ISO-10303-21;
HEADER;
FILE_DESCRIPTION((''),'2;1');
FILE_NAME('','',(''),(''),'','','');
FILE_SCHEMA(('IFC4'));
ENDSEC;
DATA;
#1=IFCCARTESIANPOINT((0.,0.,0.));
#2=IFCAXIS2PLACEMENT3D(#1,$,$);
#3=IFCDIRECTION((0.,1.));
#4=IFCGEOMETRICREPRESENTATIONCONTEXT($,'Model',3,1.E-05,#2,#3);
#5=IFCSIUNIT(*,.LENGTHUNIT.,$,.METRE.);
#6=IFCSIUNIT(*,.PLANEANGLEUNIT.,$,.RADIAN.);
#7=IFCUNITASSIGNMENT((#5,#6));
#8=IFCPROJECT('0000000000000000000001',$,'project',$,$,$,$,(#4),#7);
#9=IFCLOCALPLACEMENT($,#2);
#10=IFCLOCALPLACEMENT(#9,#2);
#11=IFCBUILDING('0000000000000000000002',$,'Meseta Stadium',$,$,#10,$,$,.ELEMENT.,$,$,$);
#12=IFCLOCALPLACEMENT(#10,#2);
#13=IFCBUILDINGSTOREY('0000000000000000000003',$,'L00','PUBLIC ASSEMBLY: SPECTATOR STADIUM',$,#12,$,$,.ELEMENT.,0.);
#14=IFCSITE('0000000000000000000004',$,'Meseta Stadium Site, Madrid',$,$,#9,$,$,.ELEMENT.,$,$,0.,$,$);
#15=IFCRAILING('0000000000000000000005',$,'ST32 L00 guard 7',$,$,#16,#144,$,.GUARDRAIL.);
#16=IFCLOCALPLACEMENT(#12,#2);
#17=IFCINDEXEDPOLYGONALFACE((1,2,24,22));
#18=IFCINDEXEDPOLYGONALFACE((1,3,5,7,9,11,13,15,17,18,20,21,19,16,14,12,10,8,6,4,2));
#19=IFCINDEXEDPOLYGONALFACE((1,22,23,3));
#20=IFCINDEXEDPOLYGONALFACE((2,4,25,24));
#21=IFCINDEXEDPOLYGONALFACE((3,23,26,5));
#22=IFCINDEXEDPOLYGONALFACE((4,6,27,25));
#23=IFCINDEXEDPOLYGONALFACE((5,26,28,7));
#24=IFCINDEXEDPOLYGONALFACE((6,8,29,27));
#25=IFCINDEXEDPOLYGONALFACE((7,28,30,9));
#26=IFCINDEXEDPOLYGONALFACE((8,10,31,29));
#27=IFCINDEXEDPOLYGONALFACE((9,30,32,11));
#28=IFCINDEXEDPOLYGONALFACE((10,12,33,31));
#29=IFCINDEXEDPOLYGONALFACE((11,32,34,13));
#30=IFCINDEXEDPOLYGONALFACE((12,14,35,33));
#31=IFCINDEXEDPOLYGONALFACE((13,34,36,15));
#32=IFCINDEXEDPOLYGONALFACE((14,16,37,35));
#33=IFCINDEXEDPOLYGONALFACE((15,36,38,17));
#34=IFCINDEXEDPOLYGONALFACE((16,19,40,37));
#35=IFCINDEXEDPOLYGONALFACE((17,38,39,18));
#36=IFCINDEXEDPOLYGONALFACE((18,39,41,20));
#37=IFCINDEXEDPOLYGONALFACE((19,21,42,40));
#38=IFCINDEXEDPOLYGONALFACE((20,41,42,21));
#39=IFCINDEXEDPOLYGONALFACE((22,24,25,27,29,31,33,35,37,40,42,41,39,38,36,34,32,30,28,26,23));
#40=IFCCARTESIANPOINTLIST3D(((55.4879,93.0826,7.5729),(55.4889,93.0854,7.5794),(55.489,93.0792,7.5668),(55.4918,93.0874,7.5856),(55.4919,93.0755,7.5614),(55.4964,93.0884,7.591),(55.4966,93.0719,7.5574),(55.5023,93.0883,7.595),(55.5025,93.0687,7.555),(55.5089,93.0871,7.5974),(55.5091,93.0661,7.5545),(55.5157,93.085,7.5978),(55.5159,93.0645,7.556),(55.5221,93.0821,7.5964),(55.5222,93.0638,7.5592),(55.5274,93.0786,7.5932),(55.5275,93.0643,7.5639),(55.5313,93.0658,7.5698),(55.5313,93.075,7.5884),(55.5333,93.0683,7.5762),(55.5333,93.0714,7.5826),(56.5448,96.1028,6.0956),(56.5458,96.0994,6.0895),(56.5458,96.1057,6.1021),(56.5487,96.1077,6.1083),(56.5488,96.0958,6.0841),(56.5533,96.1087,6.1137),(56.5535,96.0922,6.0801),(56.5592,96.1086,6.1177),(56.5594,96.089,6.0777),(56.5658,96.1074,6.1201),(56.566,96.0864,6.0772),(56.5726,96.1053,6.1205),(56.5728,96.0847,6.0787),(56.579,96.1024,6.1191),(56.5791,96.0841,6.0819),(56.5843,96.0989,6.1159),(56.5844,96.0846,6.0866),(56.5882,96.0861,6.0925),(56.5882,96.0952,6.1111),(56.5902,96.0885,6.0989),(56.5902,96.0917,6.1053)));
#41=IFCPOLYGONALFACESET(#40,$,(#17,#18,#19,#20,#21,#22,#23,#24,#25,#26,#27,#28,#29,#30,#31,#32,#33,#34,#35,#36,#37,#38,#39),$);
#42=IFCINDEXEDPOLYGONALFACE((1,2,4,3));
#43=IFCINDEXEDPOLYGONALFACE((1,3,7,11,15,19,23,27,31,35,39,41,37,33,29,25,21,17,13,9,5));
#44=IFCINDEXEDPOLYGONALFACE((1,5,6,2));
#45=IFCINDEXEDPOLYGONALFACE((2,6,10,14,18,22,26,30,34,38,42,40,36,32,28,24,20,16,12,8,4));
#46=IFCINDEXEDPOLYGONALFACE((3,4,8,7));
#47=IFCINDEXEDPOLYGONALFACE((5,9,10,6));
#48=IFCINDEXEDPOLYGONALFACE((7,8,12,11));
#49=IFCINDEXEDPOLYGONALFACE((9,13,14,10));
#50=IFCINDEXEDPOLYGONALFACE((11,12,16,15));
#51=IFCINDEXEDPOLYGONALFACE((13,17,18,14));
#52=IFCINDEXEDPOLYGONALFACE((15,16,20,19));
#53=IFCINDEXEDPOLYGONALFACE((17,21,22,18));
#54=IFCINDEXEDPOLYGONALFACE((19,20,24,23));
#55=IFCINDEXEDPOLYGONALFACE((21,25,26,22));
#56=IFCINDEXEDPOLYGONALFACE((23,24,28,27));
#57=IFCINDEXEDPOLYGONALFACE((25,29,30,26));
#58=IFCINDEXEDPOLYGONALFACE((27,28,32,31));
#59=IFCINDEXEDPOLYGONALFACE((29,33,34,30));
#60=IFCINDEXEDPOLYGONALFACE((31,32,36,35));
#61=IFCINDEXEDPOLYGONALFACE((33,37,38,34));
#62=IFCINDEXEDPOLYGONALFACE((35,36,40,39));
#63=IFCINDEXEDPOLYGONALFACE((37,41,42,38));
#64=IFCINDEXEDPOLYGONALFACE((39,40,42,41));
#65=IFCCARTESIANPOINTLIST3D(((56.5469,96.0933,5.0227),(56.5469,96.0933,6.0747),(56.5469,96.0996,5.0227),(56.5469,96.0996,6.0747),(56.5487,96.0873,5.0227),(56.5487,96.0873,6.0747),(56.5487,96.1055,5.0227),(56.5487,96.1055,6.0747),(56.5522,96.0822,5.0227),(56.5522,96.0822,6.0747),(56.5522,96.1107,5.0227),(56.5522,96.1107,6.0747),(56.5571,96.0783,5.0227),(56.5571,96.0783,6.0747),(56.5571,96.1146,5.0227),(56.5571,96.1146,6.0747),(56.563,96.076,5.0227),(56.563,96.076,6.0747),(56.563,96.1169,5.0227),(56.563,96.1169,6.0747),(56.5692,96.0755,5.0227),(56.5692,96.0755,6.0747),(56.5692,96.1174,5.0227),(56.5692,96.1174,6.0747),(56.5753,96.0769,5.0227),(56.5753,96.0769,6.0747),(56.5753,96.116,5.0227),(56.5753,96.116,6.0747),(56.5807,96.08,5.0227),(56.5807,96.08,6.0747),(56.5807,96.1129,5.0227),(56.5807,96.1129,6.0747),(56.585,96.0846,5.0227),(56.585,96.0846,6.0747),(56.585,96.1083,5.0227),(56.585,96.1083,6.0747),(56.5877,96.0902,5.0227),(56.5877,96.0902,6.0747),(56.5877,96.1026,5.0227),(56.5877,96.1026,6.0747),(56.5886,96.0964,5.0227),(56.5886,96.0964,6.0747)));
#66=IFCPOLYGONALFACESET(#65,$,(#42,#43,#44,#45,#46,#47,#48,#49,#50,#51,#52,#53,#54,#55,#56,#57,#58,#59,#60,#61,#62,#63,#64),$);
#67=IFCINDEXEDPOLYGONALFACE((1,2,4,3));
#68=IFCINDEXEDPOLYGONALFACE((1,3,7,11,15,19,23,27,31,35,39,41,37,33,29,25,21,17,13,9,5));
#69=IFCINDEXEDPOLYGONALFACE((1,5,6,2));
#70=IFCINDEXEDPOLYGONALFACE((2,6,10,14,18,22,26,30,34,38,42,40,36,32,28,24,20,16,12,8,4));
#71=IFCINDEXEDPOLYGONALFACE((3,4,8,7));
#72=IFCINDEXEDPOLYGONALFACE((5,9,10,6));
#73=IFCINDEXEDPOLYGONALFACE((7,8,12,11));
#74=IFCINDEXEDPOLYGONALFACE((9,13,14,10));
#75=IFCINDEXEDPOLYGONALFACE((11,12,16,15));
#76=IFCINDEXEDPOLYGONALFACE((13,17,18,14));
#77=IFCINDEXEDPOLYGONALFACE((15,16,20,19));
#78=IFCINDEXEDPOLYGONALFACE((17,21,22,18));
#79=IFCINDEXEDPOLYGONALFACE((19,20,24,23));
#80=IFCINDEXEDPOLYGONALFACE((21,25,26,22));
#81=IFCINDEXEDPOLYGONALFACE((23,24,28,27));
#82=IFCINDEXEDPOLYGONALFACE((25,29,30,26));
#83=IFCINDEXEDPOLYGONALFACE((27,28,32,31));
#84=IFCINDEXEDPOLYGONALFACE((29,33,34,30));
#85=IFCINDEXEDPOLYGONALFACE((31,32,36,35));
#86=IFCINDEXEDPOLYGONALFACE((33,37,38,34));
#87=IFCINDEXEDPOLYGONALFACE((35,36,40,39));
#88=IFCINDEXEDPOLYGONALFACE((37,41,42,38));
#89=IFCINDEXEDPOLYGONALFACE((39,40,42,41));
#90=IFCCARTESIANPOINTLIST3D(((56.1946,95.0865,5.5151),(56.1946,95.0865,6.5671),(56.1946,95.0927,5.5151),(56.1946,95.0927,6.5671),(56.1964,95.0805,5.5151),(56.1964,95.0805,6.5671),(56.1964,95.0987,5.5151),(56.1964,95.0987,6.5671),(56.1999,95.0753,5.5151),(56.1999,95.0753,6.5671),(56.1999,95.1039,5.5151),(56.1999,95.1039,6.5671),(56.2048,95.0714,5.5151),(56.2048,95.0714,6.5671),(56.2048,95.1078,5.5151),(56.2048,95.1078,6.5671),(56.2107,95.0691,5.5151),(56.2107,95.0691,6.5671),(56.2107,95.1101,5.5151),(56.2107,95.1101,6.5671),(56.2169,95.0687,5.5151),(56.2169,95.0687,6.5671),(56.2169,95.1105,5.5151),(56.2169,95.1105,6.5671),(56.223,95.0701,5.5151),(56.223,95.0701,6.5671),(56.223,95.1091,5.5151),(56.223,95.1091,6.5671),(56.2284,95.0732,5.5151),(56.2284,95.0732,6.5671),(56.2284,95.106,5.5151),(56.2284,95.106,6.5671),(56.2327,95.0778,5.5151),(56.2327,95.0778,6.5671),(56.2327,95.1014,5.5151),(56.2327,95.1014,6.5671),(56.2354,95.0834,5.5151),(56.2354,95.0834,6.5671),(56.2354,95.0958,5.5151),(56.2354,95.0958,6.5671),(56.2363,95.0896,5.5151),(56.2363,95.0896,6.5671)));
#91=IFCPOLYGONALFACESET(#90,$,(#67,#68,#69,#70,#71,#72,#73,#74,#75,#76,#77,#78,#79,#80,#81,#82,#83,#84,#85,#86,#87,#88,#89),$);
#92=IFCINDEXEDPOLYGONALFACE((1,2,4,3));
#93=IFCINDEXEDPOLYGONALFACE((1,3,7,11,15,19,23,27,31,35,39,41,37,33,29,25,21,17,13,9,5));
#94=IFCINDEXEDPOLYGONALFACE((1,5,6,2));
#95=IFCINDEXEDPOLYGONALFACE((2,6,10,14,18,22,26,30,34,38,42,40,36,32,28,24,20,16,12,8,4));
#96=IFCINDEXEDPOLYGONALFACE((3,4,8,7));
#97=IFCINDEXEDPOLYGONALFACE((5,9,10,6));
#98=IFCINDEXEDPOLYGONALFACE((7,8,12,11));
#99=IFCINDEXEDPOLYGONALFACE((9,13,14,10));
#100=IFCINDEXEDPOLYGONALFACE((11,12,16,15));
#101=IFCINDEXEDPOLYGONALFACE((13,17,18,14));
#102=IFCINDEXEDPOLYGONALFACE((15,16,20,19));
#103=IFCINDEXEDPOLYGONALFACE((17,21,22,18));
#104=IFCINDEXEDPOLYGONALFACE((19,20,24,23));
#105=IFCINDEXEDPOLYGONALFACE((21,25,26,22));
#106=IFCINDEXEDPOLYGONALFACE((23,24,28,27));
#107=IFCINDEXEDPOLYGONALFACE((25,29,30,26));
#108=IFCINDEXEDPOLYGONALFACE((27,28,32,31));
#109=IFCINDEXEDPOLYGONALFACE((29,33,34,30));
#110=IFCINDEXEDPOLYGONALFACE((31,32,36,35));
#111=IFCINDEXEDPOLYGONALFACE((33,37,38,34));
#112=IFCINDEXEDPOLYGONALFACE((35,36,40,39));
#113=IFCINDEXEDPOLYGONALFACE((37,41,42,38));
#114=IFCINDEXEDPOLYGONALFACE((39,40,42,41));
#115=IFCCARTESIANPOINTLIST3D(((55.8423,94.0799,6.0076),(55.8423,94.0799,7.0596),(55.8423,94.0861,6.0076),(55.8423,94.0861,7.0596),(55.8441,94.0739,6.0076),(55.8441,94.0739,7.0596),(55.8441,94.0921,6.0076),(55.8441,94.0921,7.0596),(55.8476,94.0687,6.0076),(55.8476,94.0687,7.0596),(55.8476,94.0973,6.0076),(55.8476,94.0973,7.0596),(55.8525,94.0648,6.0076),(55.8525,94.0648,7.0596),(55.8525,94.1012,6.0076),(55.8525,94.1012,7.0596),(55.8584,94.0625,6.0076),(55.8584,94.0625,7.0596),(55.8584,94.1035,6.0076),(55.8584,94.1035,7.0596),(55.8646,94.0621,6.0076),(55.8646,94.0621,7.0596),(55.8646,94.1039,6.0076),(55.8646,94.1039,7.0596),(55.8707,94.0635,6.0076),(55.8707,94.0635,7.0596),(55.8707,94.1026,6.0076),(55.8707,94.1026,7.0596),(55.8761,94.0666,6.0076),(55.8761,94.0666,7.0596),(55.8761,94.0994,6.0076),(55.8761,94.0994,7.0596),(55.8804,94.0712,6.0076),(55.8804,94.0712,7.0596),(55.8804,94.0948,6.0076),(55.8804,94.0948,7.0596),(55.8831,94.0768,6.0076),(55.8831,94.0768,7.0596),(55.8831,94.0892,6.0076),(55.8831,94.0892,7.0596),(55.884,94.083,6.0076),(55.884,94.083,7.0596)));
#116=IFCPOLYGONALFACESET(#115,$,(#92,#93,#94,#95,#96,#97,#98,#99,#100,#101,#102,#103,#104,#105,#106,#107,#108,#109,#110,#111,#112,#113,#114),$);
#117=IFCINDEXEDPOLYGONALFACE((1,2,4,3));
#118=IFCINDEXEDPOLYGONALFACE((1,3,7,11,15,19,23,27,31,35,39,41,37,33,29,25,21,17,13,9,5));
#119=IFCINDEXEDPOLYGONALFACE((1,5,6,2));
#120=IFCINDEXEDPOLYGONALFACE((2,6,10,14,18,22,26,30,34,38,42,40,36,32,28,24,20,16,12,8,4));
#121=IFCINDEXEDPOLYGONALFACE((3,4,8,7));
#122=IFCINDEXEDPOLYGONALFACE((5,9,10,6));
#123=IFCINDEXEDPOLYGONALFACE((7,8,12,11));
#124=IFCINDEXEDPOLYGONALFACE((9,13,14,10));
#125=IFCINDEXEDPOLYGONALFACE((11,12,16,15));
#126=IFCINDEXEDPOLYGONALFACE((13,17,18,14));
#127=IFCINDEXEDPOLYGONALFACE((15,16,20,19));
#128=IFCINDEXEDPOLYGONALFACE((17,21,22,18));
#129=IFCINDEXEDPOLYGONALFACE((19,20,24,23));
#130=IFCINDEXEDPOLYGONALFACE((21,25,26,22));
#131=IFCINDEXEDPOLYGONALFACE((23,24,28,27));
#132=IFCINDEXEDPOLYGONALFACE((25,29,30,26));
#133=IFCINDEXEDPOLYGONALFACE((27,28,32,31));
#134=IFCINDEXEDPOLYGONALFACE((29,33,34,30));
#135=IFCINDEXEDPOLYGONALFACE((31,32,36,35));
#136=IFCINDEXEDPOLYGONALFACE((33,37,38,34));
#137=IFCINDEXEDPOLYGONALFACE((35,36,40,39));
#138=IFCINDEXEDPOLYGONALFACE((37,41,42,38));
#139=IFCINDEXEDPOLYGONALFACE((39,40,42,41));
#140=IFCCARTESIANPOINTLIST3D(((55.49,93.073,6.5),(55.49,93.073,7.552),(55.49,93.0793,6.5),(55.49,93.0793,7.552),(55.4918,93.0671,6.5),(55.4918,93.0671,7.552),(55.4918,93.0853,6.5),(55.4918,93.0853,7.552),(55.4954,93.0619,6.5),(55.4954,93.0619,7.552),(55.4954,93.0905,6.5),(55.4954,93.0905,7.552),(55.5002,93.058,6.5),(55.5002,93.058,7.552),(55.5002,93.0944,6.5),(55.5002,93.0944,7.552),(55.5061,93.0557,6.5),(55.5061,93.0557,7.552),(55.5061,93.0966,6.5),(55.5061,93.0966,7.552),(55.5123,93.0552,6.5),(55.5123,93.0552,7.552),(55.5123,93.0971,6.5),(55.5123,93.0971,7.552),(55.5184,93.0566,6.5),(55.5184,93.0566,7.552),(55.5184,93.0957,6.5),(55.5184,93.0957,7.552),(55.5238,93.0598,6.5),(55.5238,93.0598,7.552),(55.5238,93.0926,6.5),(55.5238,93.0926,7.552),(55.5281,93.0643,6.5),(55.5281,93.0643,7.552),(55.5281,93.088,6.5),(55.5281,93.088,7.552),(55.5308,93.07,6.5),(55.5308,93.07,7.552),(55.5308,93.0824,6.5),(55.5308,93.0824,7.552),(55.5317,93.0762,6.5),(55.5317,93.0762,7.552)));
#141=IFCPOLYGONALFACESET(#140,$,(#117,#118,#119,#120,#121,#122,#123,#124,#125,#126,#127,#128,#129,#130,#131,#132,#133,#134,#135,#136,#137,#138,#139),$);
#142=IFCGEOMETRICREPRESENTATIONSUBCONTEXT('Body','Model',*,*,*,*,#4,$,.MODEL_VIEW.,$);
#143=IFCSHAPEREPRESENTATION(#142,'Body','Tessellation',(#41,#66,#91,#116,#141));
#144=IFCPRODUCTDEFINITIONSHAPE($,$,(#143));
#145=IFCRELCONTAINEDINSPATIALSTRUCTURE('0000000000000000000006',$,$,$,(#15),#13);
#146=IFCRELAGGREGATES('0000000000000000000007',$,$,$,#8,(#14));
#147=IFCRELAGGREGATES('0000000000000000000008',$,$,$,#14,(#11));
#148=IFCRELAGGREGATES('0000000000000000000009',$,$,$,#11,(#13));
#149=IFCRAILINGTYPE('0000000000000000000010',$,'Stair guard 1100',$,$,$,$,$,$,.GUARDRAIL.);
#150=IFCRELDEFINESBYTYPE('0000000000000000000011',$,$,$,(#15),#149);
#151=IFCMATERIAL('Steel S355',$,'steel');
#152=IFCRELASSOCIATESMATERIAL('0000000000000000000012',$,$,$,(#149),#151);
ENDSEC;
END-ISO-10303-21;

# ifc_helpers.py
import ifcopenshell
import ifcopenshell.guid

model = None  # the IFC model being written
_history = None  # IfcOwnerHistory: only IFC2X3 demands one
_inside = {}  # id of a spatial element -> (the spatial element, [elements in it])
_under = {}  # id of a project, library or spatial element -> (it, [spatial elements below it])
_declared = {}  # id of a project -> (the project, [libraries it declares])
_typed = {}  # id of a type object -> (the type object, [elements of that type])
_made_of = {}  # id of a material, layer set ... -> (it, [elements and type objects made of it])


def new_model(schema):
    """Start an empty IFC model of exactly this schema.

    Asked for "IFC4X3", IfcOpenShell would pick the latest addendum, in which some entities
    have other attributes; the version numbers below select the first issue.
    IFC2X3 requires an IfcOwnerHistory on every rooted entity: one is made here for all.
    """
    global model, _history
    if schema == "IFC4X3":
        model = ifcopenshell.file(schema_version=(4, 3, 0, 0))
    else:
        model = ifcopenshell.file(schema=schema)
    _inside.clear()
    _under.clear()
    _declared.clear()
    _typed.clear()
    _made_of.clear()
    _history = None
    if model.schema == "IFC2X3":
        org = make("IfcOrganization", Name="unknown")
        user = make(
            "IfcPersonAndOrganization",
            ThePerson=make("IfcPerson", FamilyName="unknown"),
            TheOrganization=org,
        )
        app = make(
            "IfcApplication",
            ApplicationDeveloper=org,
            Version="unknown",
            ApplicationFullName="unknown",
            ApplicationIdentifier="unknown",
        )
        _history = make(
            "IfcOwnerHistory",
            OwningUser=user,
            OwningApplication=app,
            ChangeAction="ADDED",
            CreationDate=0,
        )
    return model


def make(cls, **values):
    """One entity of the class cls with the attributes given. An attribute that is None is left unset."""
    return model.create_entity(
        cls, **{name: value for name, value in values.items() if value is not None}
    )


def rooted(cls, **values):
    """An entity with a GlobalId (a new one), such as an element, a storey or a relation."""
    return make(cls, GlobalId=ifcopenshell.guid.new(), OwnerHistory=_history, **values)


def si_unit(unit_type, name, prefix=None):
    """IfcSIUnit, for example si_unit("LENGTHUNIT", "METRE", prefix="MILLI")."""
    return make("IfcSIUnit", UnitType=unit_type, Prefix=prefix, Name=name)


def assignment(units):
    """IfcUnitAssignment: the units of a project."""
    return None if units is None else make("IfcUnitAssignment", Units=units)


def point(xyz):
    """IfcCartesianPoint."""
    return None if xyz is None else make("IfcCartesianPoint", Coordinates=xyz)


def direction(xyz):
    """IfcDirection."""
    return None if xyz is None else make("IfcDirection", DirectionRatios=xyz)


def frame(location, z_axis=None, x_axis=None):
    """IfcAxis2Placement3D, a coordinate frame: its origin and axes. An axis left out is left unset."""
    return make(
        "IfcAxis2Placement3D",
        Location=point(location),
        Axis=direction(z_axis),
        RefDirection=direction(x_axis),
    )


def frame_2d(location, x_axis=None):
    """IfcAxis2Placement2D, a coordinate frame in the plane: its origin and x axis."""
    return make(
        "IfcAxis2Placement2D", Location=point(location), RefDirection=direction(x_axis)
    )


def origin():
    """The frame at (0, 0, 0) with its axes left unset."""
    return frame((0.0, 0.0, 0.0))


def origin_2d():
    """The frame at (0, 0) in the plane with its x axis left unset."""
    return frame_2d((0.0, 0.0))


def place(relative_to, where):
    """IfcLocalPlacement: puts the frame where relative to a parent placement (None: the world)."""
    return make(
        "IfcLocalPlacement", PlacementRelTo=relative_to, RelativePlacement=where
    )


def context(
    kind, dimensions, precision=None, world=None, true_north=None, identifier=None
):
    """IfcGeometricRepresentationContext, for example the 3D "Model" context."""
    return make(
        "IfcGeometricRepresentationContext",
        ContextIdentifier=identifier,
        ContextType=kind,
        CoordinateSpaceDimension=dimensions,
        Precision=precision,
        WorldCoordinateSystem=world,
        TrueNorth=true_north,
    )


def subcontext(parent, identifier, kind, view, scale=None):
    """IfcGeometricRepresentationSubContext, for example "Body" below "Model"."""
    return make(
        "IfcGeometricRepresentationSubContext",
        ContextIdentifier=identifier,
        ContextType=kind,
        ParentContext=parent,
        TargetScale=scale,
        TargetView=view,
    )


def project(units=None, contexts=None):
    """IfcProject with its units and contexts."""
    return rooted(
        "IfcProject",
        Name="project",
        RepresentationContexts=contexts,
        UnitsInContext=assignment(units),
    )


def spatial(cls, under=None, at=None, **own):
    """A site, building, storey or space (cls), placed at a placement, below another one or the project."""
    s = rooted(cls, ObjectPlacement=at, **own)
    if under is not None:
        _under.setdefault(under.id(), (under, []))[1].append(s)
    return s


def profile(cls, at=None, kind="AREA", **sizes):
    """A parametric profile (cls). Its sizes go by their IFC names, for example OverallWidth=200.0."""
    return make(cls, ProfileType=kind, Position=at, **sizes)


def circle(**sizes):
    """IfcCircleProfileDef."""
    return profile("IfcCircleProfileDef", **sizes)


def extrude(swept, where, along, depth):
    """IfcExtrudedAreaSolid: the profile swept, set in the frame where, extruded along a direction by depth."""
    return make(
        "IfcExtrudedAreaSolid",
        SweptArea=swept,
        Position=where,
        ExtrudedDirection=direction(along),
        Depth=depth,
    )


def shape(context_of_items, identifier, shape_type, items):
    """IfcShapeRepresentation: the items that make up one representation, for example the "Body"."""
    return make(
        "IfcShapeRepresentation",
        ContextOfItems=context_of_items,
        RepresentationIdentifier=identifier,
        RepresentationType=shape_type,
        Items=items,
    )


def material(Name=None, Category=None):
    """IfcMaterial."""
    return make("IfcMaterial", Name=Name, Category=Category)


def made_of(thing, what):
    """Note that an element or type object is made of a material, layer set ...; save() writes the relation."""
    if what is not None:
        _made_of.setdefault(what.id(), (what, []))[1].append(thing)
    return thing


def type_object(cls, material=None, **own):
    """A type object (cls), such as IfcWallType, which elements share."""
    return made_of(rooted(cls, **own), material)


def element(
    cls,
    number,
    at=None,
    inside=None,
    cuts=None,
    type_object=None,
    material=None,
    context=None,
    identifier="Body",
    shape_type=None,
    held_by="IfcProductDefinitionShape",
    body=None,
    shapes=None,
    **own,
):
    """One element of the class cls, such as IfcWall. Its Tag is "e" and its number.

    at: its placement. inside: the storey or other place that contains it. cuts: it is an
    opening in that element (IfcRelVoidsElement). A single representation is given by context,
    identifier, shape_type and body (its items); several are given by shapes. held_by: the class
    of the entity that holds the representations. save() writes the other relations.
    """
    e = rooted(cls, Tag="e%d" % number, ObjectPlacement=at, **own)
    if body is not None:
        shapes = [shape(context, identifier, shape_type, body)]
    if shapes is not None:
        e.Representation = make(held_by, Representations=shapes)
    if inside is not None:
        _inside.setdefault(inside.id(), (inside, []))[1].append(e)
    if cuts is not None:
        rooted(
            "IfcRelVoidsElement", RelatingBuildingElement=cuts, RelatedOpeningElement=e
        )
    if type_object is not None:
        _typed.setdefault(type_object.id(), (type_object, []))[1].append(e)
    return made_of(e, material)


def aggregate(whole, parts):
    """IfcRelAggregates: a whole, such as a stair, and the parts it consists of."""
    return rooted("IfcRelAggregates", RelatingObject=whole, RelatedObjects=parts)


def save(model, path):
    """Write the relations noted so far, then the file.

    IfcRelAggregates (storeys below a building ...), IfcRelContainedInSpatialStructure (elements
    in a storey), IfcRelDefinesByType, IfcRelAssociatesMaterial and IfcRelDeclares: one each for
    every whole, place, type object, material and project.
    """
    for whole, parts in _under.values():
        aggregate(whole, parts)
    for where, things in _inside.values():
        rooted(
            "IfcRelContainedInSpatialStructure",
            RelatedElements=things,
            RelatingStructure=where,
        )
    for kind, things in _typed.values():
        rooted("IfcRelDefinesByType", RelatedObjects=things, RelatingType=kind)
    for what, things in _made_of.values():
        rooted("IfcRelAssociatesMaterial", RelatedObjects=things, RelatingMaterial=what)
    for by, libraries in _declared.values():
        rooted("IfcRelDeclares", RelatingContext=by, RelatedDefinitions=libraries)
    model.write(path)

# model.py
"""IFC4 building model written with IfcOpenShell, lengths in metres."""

from ifc_helpers import new_model, si_unit, direction, frame, origin, origin_2d, place, context, subcontext, project, spatial, circle, extrude, material, type_object, element, save


model = new_model("IFC4")

# Units and contexts
model_context = context("Model", 3, precision=1e-05, world=origin(), true_north=direction((0.0, 1.0)))
body_context = subcontext(model_context, "Body", "Model", "MODEL_VIEW")
ifc_project = project(units=[si_unit("LENGTHUNIT", "METRE"), si_unit("PLANEANGLEUNIT", "RADIAN")], contexts=[model_context])

# Site, building, storey
site_placement = place(None, origin())
site = spatial("IfcSite", under=ifc_project, at=site_placement, Name="Meseta Stadium Site, Madrid", CompositionType="ELEMENT", RefElevation=0.0)
building_placement = place(site_placement, origin())
building = spatial("IfcBuilding", under=site, at=building_placement, Name="Meseta Stadium", CompositionType="ELEMENT")
storey_placement = place(building_placement, origin())
storey = spatial("IfcBuildingStorey", under=building, at=storey_placement, Name="L00", Description="PUBLIC ASSEMBLY: SPECTATOR STADIUM", CompositionType="ELEMENT", Elevation=0.0)

# Railing
ifc_material_1 = material(Name="Steel S355", Category="steel")
railing_type_1 = type_object("IfcRailingType", Name="Stair guard 1100", PredefinedType="GUARDRAIL", material=ifc_material_1)
railing_1_placement = place(storey_placement, frame((56.5676, 96.0964, 5.0227)))
element("IfcRailing", 1, at=railing_1_placement, inside=storey, type_object=railing_type_1, Name="ST32 L00 guard 7", PredefinedType="GUARDRAIL", context=body_context, shape_type="SweptSolid", body=[
    extrude(circle(Radius=0.0239, at=origin_2d()), frame((0.0, 0.0, 1.0762), z_axis=(-0.299876, -0.856958, 0.419162), x_axis=(0.943879, -0.330293, 0.0)), (0.0, 0.0, 1.0), 3.5244),
    extrude(circle(Radius=0.021, at=origin_2d()), origin(), (0.0, 0.0, 1.0), 1.052),
    extrude(circle(Radius=0.021, at=origin_2d()), frame((-0.3523, -1.0068, 0.4924)), (0.0, 0.0, 1.0), 1.052),
    extrude(circle(Radius=0.021, at=origin_2d()), frame((-0.7046, -2.0134, 0.9849)), (0.0, 0.0, 1.0), 1.052),
    extrude(circle(Radius=0.021, at=origin_2d()), frame((-1.0569, -3.0203, 1.4773)), (0.0, 0.0, 1.0), 1.052),
])

save(model, "model.ifc")
